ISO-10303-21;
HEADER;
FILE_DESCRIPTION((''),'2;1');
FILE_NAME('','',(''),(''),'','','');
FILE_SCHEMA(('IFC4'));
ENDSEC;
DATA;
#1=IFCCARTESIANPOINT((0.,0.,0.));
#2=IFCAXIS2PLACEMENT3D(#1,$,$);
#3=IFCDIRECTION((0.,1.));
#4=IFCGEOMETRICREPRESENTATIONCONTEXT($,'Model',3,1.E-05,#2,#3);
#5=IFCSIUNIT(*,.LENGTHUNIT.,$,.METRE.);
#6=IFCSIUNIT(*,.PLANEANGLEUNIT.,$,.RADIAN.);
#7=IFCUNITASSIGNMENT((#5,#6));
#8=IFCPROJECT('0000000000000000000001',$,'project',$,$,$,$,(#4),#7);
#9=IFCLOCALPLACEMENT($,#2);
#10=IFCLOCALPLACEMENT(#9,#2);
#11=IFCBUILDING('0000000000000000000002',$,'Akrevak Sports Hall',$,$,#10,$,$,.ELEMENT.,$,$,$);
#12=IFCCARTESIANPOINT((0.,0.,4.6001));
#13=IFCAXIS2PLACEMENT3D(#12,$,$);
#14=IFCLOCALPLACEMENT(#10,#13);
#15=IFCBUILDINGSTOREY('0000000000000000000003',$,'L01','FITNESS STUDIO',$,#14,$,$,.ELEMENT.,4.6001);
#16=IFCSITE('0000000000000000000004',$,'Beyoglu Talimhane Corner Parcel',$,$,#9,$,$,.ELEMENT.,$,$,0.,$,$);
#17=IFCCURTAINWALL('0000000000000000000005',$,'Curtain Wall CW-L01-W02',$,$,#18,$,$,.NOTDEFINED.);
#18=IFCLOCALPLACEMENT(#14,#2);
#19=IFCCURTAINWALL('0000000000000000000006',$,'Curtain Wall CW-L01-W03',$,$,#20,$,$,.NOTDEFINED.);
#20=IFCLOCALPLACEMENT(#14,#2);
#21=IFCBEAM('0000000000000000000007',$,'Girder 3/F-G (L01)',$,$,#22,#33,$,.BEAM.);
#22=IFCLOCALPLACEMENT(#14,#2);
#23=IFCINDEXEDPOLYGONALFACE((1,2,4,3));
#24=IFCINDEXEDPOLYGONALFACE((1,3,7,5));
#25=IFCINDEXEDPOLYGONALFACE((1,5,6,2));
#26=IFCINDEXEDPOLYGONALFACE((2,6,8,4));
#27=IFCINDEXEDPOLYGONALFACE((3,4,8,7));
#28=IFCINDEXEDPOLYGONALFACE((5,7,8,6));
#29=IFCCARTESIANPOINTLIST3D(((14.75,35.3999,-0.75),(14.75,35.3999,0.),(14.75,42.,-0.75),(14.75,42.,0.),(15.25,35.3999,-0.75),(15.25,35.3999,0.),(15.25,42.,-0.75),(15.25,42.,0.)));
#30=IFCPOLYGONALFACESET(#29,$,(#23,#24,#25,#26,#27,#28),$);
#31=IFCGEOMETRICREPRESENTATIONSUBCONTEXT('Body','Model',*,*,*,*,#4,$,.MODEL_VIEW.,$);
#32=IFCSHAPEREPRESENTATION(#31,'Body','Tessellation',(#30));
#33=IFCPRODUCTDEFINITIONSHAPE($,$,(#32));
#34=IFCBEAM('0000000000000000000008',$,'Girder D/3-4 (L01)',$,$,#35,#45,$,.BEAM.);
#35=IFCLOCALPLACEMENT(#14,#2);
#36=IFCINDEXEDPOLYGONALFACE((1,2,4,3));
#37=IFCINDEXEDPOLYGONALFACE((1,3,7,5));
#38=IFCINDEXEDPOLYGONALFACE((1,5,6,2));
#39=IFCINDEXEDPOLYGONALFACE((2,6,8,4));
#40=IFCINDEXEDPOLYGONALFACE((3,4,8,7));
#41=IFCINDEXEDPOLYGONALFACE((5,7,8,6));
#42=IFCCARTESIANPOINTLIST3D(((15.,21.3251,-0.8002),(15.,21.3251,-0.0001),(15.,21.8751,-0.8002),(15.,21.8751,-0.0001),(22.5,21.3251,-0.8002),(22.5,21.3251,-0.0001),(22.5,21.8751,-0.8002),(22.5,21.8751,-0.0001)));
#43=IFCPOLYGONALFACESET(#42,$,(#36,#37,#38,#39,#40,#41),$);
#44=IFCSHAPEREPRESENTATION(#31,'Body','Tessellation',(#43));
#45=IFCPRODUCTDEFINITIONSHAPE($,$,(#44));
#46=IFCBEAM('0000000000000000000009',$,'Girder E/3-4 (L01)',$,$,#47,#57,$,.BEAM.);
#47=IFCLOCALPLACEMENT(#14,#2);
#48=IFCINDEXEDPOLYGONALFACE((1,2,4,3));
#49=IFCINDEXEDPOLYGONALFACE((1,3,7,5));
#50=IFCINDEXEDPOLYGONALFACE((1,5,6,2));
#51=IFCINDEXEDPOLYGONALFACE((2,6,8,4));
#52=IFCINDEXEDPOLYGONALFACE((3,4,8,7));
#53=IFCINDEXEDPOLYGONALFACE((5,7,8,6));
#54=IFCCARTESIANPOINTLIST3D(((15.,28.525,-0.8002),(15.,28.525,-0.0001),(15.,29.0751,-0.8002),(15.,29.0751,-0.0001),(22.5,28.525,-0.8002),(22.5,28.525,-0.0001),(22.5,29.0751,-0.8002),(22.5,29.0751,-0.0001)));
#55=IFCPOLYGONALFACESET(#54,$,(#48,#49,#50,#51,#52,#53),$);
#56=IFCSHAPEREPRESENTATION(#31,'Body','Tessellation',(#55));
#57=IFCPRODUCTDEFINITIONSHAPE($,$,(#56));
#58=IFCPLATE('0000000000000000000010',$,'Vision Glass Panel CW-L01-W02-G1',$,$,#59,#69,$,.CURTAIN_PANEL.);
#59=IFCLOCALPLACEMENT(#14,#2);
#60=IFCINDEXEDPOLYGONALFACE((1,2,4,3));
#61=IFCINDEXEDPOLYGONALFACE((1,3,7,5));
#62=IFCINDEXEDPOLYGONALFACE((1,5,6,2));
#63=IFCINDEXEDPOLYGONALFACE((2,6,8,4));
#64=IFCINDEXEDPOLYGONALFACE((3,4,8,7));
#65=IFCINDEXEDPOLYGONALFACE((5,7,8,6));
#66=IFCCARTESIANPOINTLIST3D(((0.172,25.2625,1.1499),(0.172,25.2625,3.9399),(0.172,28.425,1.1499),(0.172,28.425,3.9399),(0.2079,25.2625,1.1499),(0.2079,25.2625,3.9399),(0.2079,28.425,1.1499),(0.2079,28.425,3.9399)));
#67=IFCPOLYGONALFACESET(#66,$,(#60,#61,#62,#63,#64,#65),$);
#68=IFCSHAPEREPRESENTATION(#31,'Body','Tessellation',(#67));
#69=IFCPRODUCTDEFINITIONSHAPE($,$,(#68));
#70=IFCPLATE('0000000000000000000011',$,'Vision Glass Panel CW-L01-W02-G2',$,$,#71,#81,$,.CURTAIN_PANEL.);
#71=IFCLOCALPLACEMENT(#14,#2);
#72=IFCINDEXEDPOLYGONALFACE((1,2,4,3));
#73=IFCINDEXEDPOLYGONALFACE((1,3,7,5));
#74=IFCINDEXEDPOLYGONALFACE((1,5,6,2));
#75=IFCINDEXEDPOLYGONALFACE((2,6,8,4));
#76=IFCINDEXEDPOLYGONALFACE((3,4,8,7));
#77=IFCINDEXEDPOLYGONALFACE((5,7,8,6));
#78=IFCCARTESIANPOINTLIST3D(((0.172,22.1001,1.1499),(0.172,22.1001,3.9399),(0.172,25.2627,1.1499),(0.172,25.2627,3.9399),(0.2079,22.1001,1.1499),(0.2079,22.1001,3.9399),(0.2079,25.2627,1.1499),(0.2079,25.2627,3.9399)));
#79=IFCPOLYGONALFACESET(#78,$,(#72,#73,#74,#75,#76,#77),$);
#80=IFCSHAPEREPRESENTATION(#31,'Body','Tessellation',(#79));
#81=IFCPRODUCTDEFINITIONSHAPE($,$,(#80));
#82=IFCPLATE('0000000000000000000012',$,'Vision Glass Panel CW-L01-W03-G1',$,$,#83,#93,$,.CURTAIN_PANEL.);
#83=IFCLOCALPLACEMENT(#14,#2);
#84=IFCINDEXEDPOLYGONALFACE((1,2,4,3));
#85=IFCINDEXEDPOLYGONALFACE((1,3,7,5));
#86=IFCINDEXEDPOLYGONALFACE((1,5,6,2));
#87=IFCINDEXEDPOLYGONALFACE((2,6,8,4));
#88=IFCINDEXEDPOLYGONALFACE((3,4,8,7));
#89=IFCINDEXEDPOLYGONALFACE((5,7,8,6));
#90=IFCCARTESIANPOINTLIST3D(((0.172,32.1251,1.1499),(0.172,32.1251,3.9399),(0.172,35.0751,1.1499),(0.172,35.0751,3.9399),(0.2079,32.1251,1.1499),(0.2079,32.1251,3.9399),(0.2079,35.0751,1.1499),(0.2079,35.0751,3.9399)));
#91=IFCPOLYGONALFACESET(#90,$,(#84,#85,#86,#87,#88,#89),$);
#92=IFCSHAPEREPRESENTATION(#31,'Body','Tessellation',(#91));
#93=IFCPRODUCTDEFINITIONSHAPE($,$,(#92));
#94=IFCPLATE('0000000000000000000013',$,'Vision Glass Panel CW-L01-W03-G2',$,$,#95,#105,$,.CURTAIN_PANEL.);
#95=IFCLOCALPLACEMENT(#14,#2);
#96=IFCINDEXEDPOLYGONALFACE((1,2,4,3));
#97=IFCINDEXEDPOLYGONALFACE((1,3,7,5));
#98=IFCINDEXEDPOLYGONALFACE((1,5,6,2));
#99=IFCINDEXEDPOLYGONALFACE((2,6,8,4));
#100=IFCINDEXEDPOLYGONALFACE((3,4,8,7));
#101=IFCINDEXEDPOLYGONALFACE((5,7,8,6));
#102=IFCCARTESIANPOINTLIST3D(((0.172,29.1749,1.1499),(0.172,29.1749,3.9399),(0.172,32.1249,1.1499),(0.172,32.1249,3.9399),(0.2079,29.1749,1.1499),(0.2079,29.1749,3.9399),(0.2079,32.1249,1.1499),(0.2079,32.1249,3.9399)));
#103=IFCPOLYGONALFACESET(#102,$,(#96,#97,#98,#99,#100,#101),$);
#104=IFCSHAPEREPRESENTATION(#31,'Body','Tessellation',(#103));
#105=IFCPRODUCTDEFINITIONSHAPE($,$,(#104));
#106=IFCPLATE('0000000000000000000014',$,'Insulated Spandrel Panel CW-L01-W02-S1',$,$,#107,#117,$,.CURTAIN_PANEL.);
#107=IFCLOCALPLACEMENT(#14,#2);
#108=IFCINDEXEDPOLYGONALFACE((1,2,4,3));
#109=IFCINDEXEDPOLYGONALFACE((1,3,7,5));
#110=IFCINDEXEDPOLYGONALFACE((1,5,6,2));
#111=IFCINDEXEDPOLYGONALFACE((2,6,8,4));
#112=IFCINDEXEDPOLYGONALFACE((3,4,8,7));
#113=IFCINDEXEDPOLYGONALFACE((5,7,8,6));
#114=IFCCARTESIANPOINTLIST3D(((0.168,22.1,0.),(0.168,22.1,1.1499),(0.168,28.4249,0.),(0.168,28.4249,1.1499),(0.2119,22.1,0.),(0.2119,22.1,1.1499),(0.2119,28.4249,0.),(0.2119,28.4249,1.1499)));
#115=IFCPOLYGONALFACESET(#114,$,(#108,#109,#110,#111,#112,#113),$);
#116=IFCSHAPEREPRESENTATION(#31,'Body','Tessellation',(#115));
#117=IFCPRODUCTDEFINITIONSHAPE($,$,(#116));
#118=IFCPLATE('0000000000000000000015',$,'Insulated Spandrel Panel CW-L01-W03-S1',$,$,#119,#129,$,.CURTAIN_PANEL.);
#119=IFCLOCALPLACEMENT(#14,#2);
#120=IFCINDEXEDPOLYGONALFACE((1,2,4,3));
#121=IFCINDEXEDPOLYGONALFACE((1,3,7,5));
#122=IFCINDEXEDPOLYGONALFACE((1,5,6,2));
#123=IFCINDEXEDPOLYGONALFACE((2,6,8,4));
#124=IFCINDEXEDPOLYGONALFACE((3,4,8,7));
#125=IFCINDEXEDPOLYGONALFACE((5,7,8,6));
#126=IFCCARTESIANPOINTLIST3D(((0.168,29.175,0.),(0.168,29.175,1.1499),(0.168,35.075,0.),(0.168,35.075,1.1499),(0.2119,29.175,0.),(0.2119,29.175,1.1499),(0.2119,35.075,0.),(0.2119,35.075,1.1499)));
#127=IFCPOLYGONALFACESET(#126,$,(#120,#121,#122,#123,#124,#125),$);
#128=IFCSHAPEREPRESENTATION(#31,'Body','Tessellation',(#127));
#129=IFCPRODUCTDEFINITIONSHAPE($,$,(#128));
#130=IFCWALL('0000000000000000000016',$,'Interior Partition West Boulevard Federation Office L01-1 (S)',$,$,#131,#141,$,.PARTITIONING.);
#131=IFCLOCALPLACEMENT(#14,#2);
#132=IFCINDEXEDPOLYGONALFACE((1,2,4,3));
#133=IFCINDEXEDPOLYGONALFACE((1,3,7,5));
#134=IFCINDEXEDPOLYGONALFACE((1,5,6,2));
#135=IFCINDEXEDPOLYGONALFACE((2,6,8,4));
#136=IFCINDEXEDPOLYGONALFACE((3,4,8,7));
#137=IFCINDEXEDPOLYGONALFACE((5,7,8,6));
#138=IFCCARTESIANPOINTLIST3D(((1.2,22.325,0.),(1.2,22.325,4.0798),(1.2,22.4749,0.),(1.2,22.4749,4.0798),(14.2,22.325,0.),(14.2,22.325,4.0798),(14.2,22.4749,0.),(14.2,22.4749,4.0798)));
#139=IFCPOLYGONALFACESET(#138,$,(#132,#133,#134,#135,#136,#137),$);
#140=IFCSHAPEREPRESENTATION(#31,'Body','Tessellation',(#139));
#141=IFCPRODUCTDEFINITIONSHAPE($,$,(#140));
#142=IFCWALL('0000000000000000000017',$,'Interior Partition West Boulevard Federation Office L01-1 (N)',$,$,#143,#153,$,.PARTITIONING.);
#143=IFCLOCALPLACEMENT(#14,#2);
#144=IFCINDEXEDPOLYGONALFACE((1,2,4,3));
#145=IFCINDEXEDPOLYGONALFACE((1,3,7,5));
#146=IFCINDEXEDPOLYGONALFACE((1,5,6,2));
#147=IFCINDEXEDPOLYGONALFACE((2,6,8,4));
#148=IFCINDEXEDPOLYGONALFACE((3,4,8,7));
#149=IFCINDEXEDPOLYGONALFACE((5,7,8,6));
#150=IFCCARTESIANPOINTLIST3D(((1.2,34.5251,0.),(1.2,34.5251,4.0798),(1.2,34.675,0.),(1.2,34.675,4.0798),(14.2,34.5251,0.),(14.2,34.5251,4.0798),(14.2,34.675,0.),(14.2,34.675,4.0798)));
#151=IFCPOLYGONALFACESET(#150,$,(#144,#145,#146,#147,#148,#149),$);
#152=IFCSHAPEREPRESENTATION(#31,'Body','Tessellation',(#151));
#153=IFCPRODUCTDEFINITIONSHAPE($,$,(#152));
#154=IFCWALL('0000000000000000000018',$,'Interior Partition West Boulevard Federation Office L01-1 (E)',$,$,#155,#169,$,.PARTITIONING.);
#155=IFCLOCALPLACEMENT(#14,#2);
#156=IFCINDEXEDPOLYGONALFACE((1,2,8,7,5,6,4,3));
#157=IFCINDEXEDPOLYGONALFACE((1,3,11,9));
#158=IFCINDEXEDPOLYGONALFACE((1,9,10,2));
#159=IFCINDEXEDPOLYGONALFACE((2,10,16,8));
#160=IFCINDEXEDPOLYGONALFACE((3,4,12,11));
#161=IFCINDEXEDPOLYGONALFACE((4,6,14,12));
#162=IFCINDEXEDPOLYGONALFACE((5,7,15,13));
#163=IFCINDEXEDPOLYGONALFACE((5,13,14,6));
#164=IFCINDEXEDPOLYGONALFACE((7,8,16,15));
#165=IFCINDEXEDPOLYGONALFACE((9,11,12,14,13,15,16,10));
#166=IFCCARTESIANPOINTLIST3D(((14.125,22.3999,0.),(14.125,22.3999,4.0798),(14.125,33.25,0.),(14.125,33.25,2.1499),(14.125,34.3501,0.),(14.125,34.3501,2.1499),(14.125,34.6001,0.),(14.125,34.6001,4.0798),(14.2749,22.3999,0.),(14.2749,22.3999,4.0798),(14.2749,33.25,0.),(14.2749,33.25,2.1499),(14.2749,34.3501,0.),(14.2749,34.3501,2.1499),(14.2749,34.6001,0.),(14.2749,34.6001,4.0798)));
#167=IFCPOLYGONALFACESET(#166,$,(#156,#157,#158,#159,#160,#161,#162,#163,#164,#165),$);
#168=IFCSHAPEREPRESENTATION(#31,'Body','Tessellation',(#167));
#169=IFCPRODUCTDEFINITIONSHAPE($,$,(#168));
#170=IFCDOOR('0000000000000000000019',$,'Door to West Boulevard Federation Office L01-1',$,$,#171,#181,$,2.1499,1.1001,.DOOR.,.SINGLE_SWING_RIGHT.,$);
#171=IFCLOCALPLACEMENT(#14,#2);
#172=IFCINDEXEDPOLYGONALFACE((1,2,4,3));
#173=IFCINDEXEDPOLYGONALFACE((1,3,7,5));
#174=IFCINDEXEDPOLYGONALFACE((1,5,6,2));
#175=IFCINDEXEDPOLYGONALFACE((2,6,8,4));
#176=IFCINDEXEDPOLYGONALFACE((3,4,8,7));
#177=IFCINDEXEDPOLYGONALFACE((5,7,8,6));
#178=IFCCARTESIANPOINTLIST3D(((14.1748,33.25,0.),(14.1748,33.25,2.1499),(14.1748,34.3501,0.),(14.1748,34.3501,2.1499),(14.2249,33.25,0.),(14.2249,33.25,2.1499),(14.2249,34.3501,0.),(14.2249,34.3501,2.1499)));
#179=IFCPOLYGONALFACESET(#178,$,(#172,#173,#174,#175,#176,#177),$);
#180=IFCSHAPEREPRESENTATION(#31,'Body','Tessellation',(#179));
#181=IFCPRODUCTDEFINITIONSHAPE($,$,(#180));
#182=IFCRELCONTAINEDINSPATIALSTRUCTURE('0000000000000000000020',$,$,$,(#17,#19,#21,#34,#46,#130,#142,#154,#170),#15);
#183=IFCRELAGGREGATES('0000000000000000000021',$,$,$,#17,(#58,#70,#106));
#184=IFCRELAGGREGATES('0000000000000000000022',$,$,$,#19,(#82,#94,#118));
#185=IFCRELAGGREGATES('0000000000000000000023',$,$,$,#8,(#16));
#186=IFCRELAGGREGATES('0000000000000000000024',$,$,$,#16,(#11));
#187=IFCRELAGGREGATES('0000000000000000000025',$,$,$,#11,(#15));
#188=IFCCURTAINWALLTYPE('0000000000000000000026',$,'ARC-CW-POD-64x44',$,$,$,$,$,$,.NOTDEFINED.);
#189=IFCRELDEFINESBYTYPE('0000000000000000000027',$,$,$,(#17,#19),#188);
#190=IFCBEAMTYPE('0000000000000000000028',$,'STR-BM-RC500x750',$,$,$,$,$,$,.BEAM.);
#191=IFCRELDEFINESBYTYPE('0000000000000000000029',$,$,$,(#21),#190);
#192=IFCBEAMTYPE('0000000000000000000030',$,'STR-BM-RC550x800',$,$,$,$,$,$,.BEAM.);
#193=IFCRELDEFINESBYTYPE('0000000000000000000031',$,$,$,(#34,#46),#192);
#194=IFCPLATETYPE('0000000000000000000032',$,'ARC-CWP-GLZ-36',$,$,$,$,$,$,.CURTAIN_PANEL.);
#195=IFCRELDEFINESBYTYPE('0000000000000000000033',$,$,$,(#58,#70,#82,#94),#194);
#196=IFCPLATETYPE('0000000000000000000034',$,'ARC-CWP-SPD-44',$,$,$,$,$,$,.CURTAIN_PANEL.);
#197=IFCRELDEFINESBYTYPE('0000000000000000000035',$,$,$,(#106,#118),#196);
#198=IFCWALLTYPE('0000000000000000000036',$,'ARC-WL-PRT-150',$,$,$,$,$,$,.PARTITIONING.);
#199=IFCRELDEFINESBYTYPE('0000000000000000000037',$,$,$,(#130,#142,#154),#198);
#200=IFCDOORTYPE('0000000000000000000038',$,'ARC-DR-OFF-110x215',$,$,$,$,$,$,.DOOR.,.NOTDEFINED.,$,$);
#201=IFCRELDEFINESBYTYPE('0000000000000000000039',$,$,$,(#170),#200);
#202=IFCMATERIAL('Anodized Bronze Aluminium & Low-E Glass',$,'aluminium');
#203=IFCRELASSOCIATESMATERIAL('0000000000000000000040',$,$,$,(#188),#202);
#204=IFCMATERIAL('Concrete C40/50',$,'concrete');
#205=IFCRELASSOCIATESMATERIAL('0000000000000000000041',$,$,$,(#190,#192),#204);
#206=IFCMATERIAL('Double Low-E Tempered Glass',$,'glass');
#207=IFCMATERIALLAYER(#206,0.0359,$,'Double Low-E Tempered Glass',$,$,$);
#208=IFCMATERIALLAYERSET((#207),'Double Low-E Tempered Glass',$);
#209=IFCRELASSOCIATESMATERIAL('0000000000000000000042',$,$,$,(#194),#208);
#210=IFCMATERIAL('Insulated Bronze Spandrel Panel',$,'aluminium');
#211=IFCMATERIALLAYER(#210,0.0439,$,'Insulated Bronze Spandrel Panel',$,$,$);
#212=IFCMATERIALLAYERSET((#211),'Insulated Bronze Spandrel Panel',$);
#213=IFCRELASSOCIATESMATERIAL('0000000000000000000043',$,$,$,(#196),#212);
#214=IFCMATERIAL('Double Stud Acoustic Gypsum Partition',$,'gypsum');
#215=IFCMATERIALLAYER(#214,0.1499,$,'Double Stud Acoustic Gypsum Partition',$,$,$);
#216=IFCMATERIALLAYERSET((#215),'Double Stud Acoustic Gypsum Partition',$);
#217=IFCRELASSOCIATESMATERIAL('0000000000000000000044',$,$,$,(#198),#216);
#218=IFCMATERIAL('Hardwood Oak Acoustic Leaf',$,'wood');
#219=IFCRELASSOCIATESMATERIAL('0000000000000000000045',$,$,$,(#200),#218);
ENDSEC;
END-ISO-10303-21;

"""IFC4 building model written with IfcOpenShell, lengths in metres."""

from ifc_helpers import new_model, si_unit, direction, frame, frame_2d, origin, origin_2d, place, context, subcontext, project, spatial, rectangle, extrude, material, layer, layer_set, material_profile, profile_set, type_object, element, fill, aggregate, save


model = new_model("IFC4")

# Units and contexts
model_context = context("Model", 3, precision=1e-05, world=origin(), true_north=direction((0.0, 1.0)))
body_context = subcontext(model_context, "Body", "Model", "MODEL_VIEW")
ifc_project = project(units=[si_unit("LENGTHUNIT", "METRE"), si_unit("PLANEANGLEUNIT", "RADIAN")], contexts=[model_context])

# Site, building, storey
site_placement = place(None, origin())
site = spatial("IfcSite", under=ifc_project, at=site_placement, Name="Beyoglu Talimhane Corner Parcel", CompositionType="ELEMENT", RefElevation=0.0)
building_placement = place(site_placement, origin())
building = spatial("IfcBuilding", under=site, at=building_placement, Name="Akrevak Sports Hall", CompositionType="ELEMENT")
storey_placement = place(building_placement, frame((0.0, 0.0, 4.6001)))
storey = spatial("IfcBuildingStorey", under=building, at=storey_placement, Name="L01", Description="FITNESS STUDIO", CompositionType="ELEMENT", Elevation=4.6001)

# Shared definitions
ifc_material_1 = material(Name="Concrete C40/50", Category="concrete")

# Curtain walls
ifc_material_2 = material(Name="Anodized Bronze Aluminium & Low-E Glass", Category="aluminium")
curtain_wall_type = type_object("IfcCurtainWallType", Name="ARC-CW-POD-64x44", PredefinedType="NOTDEFINED", material=ifc_material_2)
curtain_wall_1_placement = place(storey_placement, origin())
curtain_wall_1 = element("IfcCurtainWall", 1, at=curtain_wall_1_placement, inside=storey, type_object=curtain_wall_type, Name="Curtain Wall CW-L01-W02", PredefinedType="NOTDEFINED")
curtain_wall_2_placement = place(storey_placement, origin())
curtain_wall_2 = element("IfcCurtainWall", 2, at=curtain_wall_2_placement, inside=storey, type_object=curtain_wall_type, Name="Curtain Wall CW-L01-W03", PredefinedType="NOTDEFINED")

# Beams
ifc_material_profile_1 = material_profile(ifc_material_1, rectangle(XDim=0.5, YDim=0.75, at=origin_2d()), Name="BM 500x750", Category="concrete")
ifc_profile_set_1 = profile_set([ifc_material_profile_1], Name="Concrete C40/50")
beam_type_1 = type_object("IfcBeamType", Name="STR-BM-RC500x750", PredefinedType="BEAM", material=ifc_profile_set_1)
beam_1_placement = place(storey_placement, frame((15.0, 35.3999, -0.375), z_axis=(0.0, 1.0, 0.0), x_axis=(-1.0, 0.0, 0.0)))
element("IfcBeam", 3, at=beam_1_placement, inside=storey, type_object=beam_type_1, Name="Girder 3/F-G (L01)", PredefinedType="BEAM", context=body_context, shape_type="SweptSolid", body=[
    extrude(rectangle(XDim=0.5, YDim=0.75, at=origin_2d()), origin(), (0.0, 0.0, 1.0), 6.6001),
])
ifc_material_profile_2 = material_profile(ifc_material_1, rectangle(XDim=0.55, YDim=0.8, at=origin_2d()), Name="BM 550x800", Category="concrete")
ifc_profile_set_2 = profile_set([ifc_material_profile_2], Name="Concrete C40/50")
beam_type_2 = type_object("IfcBeamType", Name="STR-BM-RC550x800", PredefinedType="BEAM", material=ifc_profile_set_2)
for number, where, z_axis, x_axis, name in (
    (4, (15.0, 21.6001, -0.4001), (1.0, 0.0, 0.0), (0.0, 1.0, 0.0), "Girder D/3-4 (L01)"),
    (5, (15.0, 28.8, -0.4001), (1.0, 0.0, 0.0), (0.0, 1.0, 0.0), "Girder E/3-4 (L01)"),
):
    element("IfcBeam", number, at=place(storey_placement, frame(where, z_axis=z_axis, x_axis=x_axis)), inside=storey, type_object=beam_type_2, Name=name, PredefinedType="BEAM", context=body_context, shape_type="SweptSolid", body=[
        extrude(rectangle(XDim=0.55, YDim=0.8, at=origin_2d()), origin(), (0.0, 0.0, 1.0), 7.5),
    ])

# Plates
ifc_material_3 = material(Name="Double Low-E Tempered Glass", Category="glass")
ifc_layer_1 = layer(ifc_material_3, 0.0359, Name="Double Low-E Tempered Glass")
ifc_layer_set_1 = layer_set([ifc_layer_1], Name="Double Low-E Tempered Glass")
plate_type_1 = type_object("IfcPlateType", Name="ARC-CWP-GLZ-36", PredefinedType="CURTAIN_PANEL", material=ifc_layer_set_1)
plate_1_placement = place(storey_placement, frame((0.1899, 26.8438, 1.1499), z_axis=(0.0, 0.0, 1.0), x_axis=(0.0, -1.0, 0.0)))
plate_1 = element("IfcPlate", 6, at=plate_1_placement, type_object=plate_type_1, Name="Vision Glass Panel CW-L01-W02-G1", PredefinedType="CURTAIN_PANEL", context=body_context, shape_type="SweptSolid", body=[
    extrude(rectangle(XDim=3.1626, YDim=0.0359, at=origin_2d()), origin(), (0.0, 0.0, 1.0), 2.79),
])
plate_2_placement = place(storey_placement, frame((0.1899, 23.6814, 1.1499), z_axis=(0.0, 0.0, 1.0), x_axis=(0.0, -1.0, 0.0)))
plate_2 = element("IfcPlate", 7, at=plate_2_placement, type_object=plate_type_1, Name="Vision Glass Panel CW-L01-W02-G2", PredefinedType="CURTAIN_PANEL", context=body_context, shape_type="SweptSolid", body=[
    extrude(rectangle(XDim=3.1626, YDim=0.0359, at=origin_2d()), origin(), (0.0, 0.0, 1.0), 2.79),
])
plate_3_placement = place(storey_placement, frame((0.1899, 33.6001, 1.1499), z_axis=(0.0, 0.0, 1.0), x_axis=(0.0, -1.0, 0.0)))
plate_3 = element("IfcPlate", 8, at=plate_3_placement, type_object=plate_type_1, Name="Vision Glass Panel CW-L01-W03-G1", PredefinedType="CURTAIN_PANEL", context=body_context, shape_type="SweptSolid", body=[
    extrude(rectangle(XDim=2.95, YDim=0.0359, at=origin_2d()), origin(), (0.0, 0.0, 1.0), 2.79),
])
plate_4_placement = place(storey_placement, frame((0.1899, 30.6499, 1.1499), z_axis=(0.0, 0.0, 1.0), x_axis=(0.0, -1.0, 0.0)))
plate_4 = element("IfcPlate", 9, at=plate_4_placement, type_object=plate_type_1, Name="Vision Glass Panel CW-L01-W03-G2", PredefinedType="CURTAIN_PANEL", context=body_context, shape_type="SweptSolid", body=[
    extrude(rectangle(XDim=2.95, YDim=0.0359, at=origin_2d()), origin(), (0.0, 0.0, 1.0), 2.79),
])
ifc_material_4 = material(Name="Insulated Bronze Spandrel Panel", Category="aluminium")
ifc_layer_2 = layer(ifc_material_4, 0.0439, Name="Insulated Bronze Spandrel Panel")
ifc_layer_set_2 = layer_set([ifc_layer_2], Name="Insulated Bronze Spandrel Panel")
plate_type_2 = type_object("IfcPlateType", Name="ARC-CWP-SPD-44", PredefinedType="CURTAIN_PANEL", material=ifc_layer_set_2)
plate_5_placement = place(storey_placement, frame((0.1899, 25.2625, 0.0), z_axis=(0.0, 0.0, 1.0), x_axis=(0.0, -1.0, 0.0)))
plate_5 = element("IfcPlate", 10, at=plate_5_placement, type_object=plate_type_2, Name="Insulated Spandrel Panel CW-L01-W02-S1", PredefinedType="CURTAIN_PANEL", context=body_context, shape_type="SweptSolid", body=[
    extrude(rectangle(XDim=6.325, YDim=0.0439, at=origin_2d()), origin(), (0.0, 0.0, 1.0), 1.1499),
])
aggregate(curtain_wall_1, [plate_1, plate_2, plate_5])
plate_6_placement = place(storey_placement, frame((0.1899, 32.125, 0.0), z_axis=(0.0, 0.0, 1.0), x_axis=(0.0, -1.0, 0.0)))
plate_6 = element("IfcPlate", 11, at=plate_6_placement, type_object=plate_type_2, Name="Insulated Spandrel Panel CW-L01-W03-S1", PredefinedType="CURTAIN_PANEL", context=body_context, shape_type="SweptSolid", body=[
    extrude(rectangle(XDim=5.8999, YDim=0.0439, at=origin_2d()), origin(), (0.0, 0.0, 1.0), 1.1499),
])
aggregate(curtain_wall_2, [plate_3, plate_4, plate_6])

# Walls
ifc_material_5 = material(Name="Double Stud Acoustic Gypsum Partition", Category="gypsum")
ifc_layer_3 = layer(ifc_material_5, 0.1499, Name="Double Stud Acoustic Gypsum Partition")
ifc_layer_set_3 = layer_set([ifc_layer_3], Name="Double Stud Acoustic Gypsum Partition")
wall_type = type_object("IfcWallType", Name="ARC-WL-PRT-150", PredefinedType="PARTITIONING", material=ifc_layer_set_3)
for number, where, z_axis, x_axis, name in (
    (12, (1.2, 22.3999, 0.0), (0.0, 0.0, 1.0), (1.0, 0.0, 0.0), "Interior Partition West Boulevard Federation Office L01-1 (S)"),
    (13, (1.2, 34.6001, 0.0), (0.0, 0.0, 1.0), (1.0, 0.0, 0.0), "Interior Partition West Boulevard Federation Office L01-1 (N)"),
):
    element("IfcWall", number, at=place(storey_placement, frame(where, z_axis=z_axis, x_axis=x_axis)), inside=storey, type_object=wall_type, Name=name, PredefinedType="PARTITIONING", context=body_context, shape_type="SweptSolid", body=[
        extrude(rectangle(XDim=13.0, YDim=0.1499, at=frame_2d((6.5, 0.0))), origin(), (0.0, 0.0, 1.0), 4.0798),
    ])

# Wall, opening, door
wall_placement = place(storey_placement, frame((14.2, 22.3999, 0.0), z_axis=(0.0, 0.0, 1.0), x_axis=(0.0, 1.0, 0.0)))
wall = element("IfcWall", 14, at=wall_placement, inside=storey, type_object=wall_type, Name="Interior Partition West Boulevard Federation Office L01-1 (E)", PredefinedType="PARTITIONING", context=body_context, shape_type="SweptSolid", body=[
    extrude(rectangle(XDim=12.2002, YDim=0.1499, at=frame_2d((6.1001, 0.0))), origin(), (0.0, 0.0, 1.0), 4.0798),
])
opening_placement = place(wall_placement, frame((10.8501, 0.0, 0.0)))
opening = element("IfcOpeningElement", 15, at=opening_placement, cuts=wall, PredefinedType="OPENING", context=body_context, shape_type="SweptSolid", body=[
    extrude(rectangle(XDim=1.1001, YDim=2.1499, at=frame_2d((0.55, 1.075))), frame((0.0, 0.0869, 0.0), z_axis=(0.0, -1.0, 0.0), x_axis=(1.0, 0.0, 0.0)), (0.0, 0.0, 1.0), 0.1738),
])
ifc_material_6 = material(Name="Hardwood Oak Acoustic Leaf", Category="wood")
door_type = type_object("IfcDoorType", Name="ARC-DR-OFF-110x215", OperationType="NOTDEFINED", PredefinedType="DOOR", material=ifc_material_6)
door_placement = place(opening_placement, frame((1.1001, 0.0, 0.0), z_axis=(0.0, 0.0, 1.0), x_axis=(-1.0, 0.0, 0.0)))
door = element("IfcDoor", 16, at=door_placement, inside=storey, type_object=door_type, Name="Door to West Boulevard Federation Office L01-1", OperationType="SINGLE_SWING_RIGHT", OverallHeight=2.1499, OverallWidth=1.1001, PredefinedType="DOOR", context=body_context, shape_type="SweptSolid", body=[
    extrude(rectangle(XDim=1.1001, YDim=2.1499, at=frame_2d((0.55, 1.075))), frame((0.0, 0.0249, 0.0), z_axis=(0.0, -1.0, 0.0), x_axis=(1.0, 0.0, 0.0)), (0.0, 0.0, 1.0), 0.05),
])
fill(opening, door)

save(model, "model.ifc")
